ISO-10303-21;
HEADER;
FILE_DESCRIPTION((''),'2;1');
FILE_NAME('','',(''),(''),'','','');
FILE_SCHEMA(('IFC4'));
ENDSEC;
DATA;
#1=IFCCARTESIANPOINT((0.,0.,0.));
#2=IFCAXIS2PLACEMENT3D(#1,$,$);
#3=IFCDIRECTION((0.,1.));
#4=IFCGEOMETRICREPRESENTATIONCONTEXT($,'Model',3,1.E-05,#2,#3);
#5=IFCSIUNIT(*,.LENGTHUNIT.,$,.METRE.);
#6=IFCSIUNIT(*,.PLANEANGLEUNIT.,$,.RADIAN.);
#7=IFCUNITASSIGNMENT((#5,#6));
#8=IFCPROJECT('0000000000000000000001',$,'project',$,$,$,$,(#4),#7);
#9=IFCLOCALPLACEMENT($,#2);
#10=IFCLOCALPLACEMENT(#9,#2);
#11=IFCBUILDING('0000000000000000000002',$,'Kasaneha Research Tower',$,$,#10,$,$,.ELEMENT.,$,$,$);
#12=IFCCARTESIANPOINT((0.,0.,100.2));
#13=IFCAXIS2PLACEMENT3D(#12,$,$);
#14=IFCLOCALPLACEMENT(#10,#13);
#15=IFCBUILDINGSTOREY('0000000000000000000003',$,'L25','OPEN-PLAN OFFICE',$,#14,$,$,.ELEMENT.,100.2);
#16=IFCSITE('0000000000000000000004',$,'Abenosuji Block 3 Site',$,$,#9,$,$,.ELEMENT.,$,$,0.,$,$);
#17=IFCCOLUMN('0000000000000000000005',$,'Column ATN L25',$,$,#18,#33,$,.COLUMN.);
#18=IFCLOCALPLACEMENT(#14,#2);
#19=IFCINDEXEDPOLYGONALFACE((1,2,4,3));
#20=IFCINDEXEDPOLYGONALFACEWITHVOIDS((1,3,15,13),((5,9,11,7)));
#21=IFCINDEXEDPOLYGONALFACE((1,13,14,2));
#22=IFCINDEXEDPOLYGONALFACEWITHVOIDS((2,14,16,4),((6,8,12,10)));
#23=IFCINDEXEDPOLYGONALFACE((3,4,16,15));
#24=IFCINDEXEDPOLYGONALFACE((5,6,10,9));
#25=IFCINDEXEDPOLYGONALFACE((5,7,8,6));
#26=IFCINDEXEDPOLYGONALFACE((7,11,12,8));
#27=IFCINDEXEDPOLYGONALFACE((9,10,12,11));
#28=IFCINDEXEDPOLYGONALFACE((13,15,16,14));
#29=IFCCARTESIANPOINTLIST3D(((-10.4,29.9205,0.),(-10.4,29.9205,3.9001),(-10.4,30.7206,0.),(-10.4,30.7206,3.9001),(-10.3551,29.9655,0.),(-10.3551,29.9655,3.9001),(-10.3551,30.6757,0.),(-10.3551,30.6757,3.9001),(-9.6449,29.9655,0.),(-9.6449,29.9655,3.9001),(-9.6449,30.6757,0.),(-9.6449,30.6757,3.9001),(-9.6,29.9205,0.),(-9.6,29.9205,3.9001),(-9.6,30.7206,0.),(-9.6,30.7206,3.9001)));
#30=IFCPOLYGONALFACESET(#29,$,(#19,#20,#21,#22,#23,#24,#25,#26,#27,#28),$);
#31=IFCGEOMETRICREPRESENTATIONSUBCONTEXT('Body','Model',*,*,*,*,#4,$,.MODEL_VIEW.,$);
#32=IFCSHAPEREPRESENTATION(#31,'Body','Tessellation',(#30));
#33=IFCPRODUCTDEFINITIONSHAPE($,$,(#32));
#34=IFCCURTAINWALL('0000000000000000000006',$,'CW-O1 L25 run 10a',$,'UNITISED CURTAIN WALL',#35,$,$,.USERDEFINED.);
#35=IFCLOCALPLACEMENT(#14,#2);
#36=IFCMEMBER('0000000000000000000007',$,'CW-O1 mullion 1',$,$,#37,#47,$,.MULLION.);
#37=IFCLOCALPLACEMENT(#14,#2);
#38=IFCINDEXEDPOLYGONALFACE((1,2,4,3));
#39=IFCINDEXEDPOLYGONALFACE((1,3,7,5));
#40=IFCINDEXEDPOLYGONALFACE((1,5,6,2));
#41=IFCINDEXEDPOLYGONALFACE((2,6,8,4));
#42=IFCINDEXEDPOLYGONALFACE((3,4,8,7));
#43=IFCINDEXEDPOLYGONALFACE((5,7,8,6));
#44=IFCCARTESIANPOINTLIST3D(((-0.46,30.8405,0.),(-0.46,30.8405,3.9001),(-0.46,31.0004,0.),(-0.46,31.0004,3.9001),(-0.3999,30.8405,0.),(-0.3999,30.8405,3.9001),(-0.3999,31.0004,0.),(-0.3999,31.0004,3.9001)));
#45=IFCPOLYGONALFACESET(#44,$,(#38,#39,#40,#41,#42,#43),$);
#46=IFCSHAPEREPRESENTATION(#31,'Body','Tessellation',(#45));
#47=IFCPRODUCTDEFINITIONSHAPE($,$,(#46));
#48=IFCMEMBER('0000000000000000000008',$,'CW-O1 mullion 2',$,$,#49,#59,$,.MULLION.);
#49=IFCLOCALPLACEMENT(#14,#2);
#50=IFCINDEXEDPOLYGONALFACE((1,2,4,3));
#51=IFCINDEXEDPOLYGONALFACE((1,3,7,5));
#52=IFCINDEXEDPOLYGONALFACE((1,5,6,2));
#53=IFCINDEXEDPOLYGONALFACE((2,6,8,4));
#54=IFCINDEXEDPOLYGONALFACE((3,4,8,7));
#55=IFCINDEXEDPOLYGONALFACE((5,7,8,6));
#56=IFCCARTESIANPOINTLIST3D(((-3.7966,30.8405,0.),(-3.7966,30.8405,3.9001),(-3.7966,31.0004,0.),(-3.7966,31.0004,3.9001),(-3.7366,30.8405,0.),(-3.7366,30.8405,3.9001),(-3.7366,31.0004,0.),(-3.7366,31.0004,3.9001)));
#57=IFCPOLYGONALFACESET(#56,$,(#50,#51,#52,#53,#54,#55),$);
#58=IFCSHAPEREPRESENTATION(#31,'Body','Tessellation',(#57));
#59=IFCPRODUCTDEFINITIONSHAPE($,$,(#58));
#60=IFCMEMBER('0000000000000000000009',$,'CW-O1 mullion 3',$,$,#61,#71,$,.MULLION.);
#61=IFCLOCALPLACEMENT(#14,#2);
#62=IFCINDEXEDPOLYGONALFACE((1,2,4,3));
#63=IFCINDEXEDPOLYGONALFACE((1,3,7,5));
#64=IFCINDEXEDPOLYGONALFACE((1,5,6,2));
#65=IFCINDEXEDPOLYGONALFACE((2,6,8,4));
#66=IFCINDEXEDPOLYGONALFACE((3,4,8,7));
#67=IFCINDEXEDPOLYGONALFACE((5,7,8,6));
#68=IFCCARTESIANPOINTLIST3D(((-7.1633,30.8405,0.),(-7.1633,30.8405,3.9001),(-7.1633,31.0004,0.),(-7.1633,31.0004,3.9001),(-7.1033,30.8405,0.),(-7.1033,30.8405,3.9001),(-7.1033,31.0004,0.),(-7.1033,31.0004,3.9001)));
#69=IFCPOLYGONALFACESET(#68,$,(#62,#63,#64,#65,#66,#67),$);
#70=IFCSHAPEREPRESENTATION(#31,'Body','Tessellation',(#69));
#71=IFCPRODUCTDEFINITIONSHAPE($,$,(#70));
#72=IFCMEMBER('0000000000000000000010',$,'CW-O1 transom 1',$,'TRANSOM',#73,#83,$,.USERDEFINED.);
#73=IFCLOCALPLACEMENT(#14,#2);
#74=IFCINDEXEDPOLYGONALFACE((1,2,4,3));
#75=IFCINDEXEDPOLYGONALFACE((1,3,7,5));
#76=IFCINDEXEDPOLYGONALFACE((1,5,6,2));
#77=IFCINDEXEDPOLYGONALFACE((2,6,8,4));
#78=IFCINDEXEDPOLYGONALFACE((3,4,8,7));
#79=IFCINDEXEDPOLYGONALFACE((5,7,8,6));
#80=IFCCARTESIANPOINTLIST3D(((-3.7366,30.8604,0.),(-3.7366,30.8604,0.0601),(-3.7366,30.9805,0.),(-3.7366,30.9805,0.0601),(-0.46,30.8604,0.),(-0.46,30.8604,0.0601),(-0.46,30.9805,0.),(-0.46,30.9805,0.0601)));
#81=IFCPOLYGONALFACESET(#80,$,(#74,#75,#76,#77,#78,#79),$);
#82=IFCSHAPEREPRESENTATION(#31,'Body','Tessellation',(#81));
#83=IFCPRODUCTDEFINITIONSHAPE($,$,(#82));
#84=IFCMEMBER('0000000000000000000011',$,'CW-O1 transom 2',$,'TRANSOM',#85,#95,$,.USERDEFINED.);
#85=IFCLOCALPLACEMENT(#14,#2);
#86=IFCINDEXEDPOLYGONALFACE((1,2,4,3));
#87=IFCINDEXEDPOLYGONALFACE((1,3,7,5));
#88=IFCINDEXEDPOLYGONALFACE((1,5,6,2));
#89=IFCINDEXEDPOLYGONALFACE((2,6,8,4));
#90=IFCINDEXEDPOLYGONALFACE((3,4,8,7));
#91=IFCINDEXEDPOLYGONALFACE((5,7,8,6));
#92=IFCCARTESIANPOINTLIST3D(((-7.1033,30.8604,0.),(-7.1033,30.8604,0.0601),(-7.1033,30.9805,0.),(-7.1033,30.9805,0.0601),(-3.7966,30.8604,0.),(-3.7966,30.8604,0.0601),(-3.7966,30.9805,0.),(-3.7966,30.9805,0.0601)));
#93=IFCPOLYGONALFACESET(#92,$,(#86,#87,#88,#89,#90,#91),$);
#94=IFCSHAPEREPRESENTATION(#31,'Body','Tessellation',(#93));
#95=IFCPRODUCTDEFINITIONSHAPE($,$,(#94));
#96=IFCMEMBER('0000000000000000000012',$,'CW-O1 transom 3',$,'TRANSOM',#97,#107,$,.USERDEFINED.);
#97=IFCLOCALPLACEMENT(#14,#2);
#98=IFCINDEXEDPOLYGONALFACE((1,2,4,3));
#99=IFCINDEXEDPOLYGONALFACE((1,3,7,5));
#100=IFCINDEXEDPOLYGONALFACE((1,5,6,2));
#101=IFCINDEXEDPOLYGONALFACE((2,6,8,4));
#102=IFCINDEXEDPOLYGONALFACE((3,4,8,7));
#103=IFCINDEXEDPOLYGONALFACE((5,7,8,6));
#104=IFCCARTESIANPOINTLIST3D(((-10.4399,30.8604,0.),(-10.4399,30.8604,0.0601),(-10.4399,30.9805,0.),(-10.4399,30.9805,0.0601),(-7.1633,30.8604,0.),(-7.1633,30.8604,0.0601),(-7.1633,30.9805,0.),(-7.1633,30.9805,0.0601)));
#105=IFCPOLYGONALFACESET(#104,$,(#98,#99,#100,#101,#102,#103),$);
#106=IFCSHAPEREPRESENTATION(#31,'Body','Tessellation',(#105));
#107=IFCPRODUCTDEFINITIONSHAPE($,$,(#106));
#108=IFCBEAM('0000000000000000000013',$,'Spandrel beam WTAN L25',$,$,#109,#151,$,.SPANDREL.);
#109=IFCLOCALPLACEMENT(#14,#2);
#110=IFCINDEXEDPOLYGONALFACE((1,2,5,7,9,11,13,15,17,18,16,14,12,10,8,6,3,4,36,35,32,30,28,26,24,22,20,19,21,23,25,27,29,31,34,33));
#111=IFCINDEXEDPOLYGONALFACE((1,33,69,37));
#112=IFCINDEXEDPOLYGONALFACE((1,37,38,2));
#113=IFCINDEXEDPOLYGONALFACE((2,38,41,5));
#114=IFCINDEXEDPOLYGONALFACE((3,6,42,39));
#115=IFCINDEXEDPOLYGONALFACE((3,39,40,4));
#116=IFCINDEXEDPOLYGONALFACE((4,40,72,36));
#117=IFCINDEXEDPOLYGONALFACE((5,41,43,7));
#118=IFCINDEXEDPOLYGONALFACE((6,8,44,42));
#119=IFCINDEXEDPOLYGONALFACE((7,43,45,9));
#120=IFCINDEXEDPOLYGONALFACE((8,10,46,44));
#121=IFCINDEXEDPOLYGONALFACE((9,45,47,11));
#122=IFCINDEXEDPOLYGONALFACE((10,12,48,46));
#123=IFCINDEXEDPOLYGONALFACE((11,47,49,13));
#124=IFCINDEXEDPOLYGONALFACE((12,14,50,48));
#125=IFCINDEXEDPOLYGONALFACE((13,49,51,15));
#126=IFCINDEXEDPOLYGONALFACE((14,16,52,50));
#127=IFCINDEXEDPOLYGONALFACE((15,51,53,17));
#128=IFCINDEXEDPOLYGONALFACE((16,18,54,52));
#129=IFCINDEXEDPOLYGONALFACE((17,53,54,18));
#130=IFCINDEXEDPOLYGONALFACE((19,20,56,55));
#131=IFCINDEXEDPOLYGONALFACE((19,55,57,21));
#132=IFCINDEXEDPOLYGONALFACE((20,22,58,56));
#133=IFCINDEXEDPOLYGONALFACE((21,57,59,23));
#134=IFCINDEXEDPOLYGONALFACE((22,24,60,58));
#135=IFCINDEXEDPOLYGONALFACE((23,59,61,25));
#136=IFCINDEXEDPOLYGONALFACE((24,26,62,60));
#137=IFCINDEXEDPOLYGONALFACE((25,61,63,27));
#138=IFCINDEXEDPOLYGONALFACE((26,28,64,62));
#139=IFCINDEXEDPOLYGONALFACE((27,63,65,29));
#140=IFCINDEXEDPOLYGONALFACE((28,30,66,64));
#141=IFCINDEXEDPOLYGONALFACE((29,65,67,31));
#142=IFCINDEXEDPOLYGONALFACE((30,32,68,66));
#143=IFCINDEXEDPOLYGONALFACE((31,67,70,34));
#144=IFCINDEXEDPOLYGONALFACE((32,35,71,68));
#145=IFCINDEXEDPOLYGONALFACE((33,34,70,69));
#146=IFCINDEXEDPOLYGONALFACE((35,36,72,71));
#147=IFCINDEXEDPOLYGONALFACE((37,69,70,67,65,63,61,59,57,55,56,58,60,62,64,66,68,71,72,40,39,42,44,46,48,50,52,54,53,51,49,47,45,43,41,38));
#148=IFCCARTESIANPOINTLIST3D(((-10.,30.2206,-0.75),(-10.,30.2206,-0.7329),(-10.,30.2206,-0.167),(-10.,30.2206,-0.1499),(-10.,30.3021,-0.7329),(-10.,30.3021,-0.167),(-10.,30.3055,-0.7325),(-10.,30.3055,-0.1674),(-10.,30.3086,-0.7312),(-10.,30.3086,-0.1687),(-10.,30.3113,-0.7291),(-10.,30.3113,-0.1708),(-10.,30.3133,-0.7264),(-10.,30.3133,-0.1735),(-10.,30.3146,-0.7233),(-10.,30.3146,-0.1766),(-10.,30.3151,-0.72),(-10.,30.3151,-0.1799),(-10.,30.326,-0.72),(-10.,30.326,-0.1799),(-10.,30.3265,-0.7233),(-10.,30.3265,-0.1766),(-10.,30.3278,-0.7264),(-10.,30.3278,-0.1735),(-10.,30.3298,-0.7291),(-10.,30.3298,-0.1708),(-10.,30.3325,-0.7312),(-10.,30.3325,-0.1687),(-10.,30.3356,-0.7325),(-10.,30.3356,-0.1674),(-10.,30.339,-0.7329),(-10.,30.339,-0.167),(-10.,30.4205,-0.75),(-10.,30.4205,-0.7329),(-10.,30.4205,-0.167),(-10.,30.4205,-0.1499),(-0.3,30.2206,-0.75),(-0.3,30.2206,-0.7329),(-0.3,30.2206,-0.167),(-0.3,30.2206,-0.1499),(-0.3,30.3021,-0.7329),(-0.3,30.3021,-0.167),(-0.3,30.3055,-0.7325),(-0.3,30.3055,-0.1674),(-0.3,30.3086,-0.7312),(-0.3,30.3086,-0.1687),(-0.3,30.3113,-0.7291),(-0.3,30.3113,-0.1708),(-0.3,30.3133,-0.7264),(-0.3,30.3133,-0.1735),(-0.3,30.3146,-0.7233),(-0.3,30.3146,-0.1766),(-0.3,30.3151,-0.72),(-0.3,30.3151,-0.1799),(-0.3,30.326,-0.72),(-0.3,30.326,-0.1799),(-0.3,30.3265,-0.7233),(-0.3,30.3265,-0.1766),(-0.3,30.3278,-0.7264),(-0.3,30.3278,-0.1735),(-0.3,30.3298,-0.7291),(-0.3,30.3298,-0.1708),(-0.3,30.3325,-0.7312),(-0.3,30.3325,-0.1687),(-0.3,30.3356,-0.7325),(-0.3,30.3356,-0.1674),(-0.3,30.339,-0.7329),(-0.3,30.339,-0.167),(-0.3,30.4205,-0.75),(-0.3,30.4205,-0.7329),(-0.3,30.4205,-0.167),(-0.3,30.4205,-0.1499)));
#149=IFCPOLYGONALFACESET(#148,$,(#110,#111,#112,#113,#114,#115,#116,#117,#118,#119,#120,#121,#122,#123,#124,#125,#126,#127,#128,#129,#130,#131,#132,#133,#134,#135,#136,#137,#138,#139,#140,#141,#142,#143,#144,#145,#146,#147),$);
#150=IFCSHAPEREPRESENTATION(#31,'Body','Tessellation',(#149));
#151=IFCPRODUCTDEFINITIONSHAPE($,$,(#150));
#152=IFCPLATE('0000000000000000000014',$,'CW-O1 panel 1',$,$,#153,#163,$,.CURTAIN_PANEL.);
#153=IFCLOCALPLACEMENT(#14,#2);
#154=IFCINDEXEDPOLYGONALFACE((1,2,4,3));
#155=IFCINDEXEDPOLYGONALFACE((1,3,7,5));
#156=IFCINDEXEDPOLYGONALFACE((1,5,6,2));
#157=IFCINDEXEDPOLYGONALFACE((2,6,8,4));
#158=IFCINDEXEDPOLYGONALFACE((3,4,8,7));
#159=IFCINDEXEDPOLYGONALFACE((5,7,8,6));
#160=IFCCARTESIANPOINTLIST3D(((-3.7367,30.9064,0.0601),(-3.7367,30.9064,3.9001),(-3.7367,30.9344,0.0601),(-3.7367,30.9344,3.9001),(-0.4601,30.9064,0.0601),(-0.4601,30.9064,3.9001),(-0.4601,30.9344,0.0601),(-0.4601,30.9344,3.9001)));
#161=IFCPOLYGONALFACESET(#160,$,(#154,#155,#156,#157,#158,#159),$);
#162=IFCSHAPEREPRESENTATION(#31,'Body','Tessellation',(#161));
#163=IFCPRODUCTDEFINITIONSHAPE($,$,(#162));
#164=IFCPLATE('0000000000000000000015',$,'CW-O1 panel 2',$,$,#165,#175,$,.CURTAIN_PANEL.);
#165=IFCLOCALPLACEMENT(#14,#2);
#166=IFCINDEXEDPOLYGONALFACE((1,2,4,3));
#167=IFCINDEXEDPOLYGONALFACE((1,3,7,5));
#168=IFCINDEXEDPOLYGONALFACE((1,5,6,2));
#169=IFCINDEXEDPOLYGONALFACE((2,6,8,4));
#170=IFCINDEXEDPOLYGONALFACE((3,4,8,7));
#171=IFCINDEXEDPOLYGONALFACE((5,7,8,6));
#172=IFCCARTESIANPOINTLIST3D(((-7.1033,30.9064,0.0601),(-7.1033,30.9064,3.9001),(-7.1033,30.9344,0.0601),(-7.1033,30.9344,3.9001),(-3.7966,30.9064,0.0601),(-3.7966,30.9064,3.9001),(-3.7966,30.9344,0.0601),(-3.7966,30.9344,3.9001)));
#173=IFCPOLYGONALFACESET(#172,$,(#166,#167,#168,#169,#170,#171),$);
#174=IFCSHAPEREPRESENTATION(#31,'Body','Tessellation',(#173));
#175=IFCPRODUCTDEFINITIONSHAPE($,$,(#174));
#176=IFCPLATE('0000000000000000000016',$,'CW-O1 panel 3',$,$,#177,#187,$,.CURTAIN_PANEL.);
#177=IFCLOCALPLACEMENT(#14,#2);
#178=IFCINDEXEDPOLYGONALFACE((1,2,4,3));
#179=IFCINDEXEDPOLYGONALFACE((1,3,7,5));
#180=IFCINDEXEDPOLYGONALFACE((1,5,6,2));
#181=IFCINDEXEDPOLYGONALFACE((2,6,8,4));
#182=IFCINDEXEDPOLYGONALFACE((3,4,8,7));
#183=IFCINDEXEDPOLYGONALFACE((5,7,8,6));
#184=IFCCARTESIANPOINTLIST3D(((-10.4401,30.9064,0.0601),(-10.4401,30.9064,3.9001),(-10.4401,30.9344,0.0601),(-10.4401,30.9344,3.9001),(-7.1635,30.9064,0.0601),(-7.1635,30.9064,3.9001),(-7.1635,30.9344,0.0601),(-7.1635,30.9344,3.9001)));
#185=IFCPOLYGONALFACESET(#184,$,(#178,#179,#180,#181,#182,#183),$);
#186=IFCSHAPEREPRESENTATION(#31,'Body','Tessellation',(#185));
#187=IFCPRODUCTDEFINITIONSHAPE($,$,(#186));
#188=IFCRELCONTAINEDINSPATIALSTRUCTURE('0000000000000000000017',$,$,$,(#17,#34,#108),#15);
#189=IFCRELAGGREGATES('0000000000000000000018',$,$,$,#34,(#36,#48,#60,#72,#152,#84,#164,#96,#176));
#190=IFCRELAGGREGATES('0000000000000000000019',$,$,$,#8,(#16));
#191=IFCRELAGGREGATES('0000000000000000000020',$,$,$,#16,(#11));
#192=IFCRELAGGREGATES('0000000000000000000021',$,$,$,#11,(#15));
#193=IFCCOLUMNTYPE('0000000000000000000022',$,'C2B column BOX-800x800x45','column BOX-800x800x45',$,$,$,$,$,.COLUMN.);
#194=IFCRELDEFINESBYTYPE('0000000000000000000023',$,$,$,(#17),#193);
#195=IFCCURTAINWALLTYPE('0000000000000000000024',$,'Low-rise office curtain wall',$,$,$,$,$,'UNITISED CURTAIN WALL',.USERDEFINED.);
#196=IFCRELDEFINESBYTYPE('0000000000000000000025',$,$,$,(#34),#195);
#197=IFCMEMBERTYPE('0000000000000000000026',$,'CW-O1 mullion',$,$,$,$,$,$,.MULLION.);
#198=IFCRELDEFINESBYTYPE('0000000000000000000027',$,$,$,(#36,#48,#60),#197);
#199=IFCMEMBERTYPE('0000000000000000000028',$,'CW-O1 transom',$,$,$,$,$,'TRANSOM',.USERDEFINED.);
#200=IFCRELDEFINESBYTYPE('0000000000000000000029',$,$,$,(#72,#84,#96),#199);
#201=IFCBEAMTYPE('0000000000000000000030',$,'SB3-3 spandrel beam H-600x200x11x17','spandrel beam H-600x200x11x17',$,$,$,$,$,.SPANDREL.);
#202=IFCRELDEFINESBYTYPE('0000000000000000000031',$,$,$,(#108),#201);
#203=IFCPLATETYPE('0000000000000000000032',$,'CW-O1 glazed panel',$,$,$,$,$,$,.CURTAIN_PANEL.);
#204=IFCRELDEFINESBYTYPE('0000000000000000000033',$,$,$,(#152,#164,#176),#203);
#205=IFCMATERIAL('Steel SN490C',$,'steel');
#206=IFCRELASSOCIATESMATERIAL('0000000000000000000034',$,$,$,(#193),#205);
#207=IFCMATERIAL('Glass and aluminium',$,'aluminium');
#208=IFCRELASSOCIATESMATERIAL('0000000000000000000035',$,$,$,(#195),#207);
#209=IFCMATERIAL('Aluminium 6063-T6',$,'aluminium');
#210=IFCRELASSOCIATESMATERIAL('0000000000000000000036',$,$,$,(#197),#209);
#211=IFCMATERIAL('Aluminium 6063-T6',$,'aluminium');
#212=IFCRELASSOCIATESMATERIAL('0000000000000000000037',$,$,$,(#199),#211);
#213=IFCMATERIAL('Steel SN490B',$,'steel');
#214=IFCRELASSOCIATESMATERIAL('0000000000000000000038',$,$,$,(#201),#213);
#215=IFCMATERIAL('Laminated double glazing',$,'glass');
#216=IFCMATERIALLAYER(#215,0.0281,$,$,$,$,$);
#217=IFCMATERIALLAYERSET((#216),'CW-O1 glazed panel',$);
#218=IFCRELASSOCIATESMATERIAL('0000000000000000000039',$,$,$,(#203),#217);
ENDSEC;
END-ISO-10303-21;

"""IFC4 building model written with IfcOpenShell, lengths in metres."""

from ifc_helpers import new_model, si_unit, direction, frame, origin, origin_2d, place, context, subcontext, project, spatial, rectangle, hollow_rectangle, i_section, extrude, material, layer, layer_set, material_profile, profile_set, type_object, element, aggregate, save


model = new_model("IFC4")

# Units and contexts
model_context = context("Model", 3, precision=1e-05, world=origin(), true_north=direction((0.0, 1.0)))
body_context = subcontext(model_context, "Body", "Model", "MODEL_VIEW")
ifc_project = project(units=[si_unit("LENGTHUNIT", "METRE"), si_unit("PLANEANGLEUNIT", "RADIAN")], contexts=[model_context])

# Site, building, storey
site_placement = place(None, origin())
site = spatial("IfcSite", under=ifc_project, at=site_placement, Name="Abenosuji Block 3 Site", CompositionType="ELEMENT", RefElevation=0.0)
building_placement = place(site_placement, origin())
building = spatial("IfcBuilding", under=site, at=building_placement, Name="Kasaneha Research Tower", CompositionType="ELEMENT")
storey_placement = place(building_placement, frame((0.0, 0.0, 100.2)))
storey = spatial("IfcBuildingStorey", under=building, at=storey_placement, Name="L25", Description="OPEN-PLAN OFFICE", CompositionType="ELEMENT", Elevation=100.2)

# Column
ifc_material_1 = material(Name="Steel SN490C", Category="steel")
ifc_material_profile_1 = material_profile(ifc_material_1, hollow_rectangle(XDim=0.8, YDim=0.8, WallThickness=0.0449, at=origin_2d()), Name="BOX-800x800x45")
ifc_profile_set_1 = profile_set([ifc_material_profile_1], Name="Steel SN490C")
column_type = type_object("IfcColumnType", Name="C2B column BOX-800x800x45", Description="column BOX-800x800x45", PredefinedType="COLUMN", material=ifc_profile_set_1)
column_placement = place(storey_placement, frame((-10.0, 30.3206, 0.0), z_axis=(0.0, 0.0, 1.0), x_axis=(1.0, 0.0, 0.0)))
element("IfcColumn", 1, at=column_placement, inside=storey, type_object=column_type, Name="Column ATN L25", PredefinedType="COLUMN", context=body_context, shape_type="SweptSolid", body=[
    extrude(hollow_rectangle(XDim=0.8, YDim=0.8, WallThickness=0.0449, at=origin_2d()), origin(), (0.0, 0.0, 1.0), 3.9001),
])

# Curtain wall, members
ifc_material_2 = material(Name="Glass and aluminium", Category="aluminium")
curtain_wall_type = type_object("IfcCurtainWallType", Name="Low-rise office curtain wall", ElementType="UNITISED CURTAIN WALL", PredefinedType="USERDEFINED", material=ifc_material_2)
curtain_wall_placement = place(storey_placement, origin())
curtain_wall = element("IfcCurtainWall", 2, at=curtain_wall_placement, inside=storey, type_object=curtain_wall_type, Name="CW-O1 L25 run 10a", ObjectType="UNITISED CURTAIN WALL", PredefinedType="USERDEFINED")
ifc_material_3 = material(Name="Aluminium 6063-T6", Category="aluminium")
ifc_material_profile_2 = material_profile(ifc_material_3, rectangle(XDim=0.0601, YDim=0.1599, at=origin_2d()), Name="CW-O1 mullion 60x160")
ifc_profile_set_2 = profile_set([ifc_material_profile_2], Name="Aluminium 6063-T6")
member_type_1 = type_object("IfcMemberType", Name="CW-O1 mullion", PredefinedType="MULLION", material=ifc_profile_set_2)
member_1_placement = place(storey_placement, frame((-0.4299, 30.9204, 0.0), z_axis=(0.0, 0.0, 1.0), x_axis=(-1.0, 0.0, 0.0)))
member_1 = element("IfcMember", 3, at=member_1_placement, type_object=member_type_1, Name="CW-O1 mullion 1", PredefinedType="MULLION", context=body_context, shape_type="SweptSolid", body=[
    extrude(rectangle(XDim=0.0601, YDim=0.1599, at=origin_2d()), origin(), (0.0, 0.0, 1.0), 3.9001),
])
member_2_placement = place(storey_placement, frame((-3.7666, 30.9204, 0.0), z_axis=(0.0, 0.0, 1.0), x_axis=(-1.0, 0.0, 0.0)))
member_2 = element("IfcMember", 4, at=member_2_placement, type_object=member_type_1, Name="CW-O1 mullion 2", PredefinedType="MULLION", context=body_context, shape_type="SweptSolid", body=[
    extrude(rectangle(XDim=0.0601, YDim=0.1599, at=origin_2d()), origin(), (0.0, 0.0, 1.0), 3.9001),
])
member_3_placement = place(storey_placement, frame((-7.1333, 30.9204, 0.0), z_axis=(0.0, 0.0, 1.0), x_axis=(-1.0, 0.0, 0.0)))
member_3 = element("IfcMember", 5, at=member_3_placement, type_object=member_type_1, Name="CW-O1 mullion 3", PredefinedType="MULLION", context=body_context, shape_type="SweptSolid", body=[
    extrude(rectangle(XDim=0.0601, YDim=0.1599, at=origin_2d()), origin(), (0.0, 0.0, 1.0), 3.9001),
])
ifc_material_4 = material(Name="Aluminium 6063-T6", Category="aluminium")
ifc_material_profile_3 = material_profile(ifc_material_4, rectangle(XDim=0.1201, YDim=0.0601, at=origin_2d()), Name="CW-O1 transom 120x60")
ifc_profile_set_3 = profile_set([ifc_material_profile_3], Name="Aluminium 6063-T6")
member_type_2 = type_object("IfcMemberType", Name="CW-O1 transom", ElementType="TRANSOM", PredefinedType="USERDEFINED", material=ifc_profile_set_3)
member_4_placement = place(storey_placement, frame((-0.46, 30.9204, 0.03), z_axis=(-1.0, 0.0, 0.0), x_axis=(0.0, -1.0, 0.0)))
member_4 = element("IfcMember", 6, at=member_4_placement, type_object=member_type_2, Name="CW-O1 transom 1", ObjectType="TRANSOM", PredefinedType="USERDEFINED", context=body_context, shape_type="SweptSolid", body=[
    extrude(rectangle(XDim=0.1201, YDim=0.0601, at=origin_2d()), origin(), (0.0, 0.0, 1.0), 3.2766),
])
member_5_placement = place(storey_placement, frame((-3.7966, 30.9204, 0.03), z_axis=(-1.0, 0.0, 0.0), x_axis=(0.0, -1.0, 0.0)))
member_5 = element("IfcMember", 7, at=member_5_placement, type_object=member_type_2, Name="CW-O1 transom 2", ObjectType="TRANSOM", PredefinedType="USERDEFINED", context=body_context, shape_type="SweptSolid", body=[
    extrude(rectangle(XDim=0.1201, YDim=0.0601, at=origin_2d()), origin(), (0.0, 0.0, 1.0), 3.3066),
])
member_6_placement = place(storey_placement, frame((-7.1633, 30.9204, 0.03), z_axis=(-1.0, 0.0, 0.0), x_axis=(0.0, -1.0, 0.0)))
member_6 = element("IfcMember", 8, at=member_6_placement, type_object=member_type_2, Name="CW-O1 transom 3", ObjectType="TRANSOM", PredefinedType="USERDEFINED", context=body_context, shape_type="SweptSolid", body=[
    extrude(rectangle(XDim=0.1201, YDim=0.0601, at=origin_2d()), origin(), (0.0, 0.0, 1.0), 3.2766),
])

# Beam
ifc_material_5 = material(Name="Steel SN490B", Category="steel")
ifc_material_profile_4 = material_profile(ifc_material_5, i_section(OverallWidth=0.2, OverallDepth=0.6001, WebThickness=0.011, FlangeThickness=0.0171, FilletRadius=0.0129, at=origin_2d()), Name="H-600x200x11x17")
ifc_profile_set_4 = profile_set([ifc_material_profile_4], Name="Steel SN490B")
beam_type = type_object("IfcBeamType", Name="SB3-3 spandrel beam H-600x200x11x17", Description="spandrel beam H-600x200x11x17", PredefinedType="SPANDREL", material=ifc_profile_set_4)
beam_placement = place(storey_placement, frame((-10.0, 30.3206, -0.45), z_axis=(1.0, 0.0, 0.0), x_axis=(0.0, 1.0, 0.0)))
element("IfcBeam", 9, at=beam_placement, inside=storey, type_object=beam_type, Name="Spandrel beam WTAN L25", PredefinedType="SPANDREL", context=body_context, shape_type="SweptSolid", body=[
    extrude(i_section(OverallWidth=0.2, OverallDepth=0.6001, WebThickness=0.011, FlangeThickness=0.0171, FilletRadius=0.0129, at=origin_2d()), origin(), (0.0, 0.0, 1.0), 9.7),
])

# Plates
ifc_material_6 = material(Name="Laminated double glazing", Category="glass")
ifc_layer_1 = layer(ifc_material_6, 0.0281)
ifc_layer_set_1 = layer_set([ifc_layer_1], Name="CW-O1 glazed panel")
plate_type = type_object("IfcPlateType", Name="CW-O1 glazed panel", PredefinedType="CURTAIN_PANEL", material=ifc_layer_set_1)
plate_1_placement = place(storey_placement, frame((-2.0984, 30.9204, 0.0601), z_axis=(0.0, 0.0, 1.0), x_axis=(-1.0, 0.0, 0.0)))
plate_1 = element("IfcPlate", 10, at=plate_1_placement, type_object=plate_type, Name="CW-O1 panel 1", PredefinedType="CURTAIN_PANEL", context=body_context, shape_type="SweptSolid", body=[
    extrude(rectangle(XDim=3.2766, YDim=0.0281, at=origin_2d()), origin(), (0.0, 0.0, 1.0), 3.8401),
])
plate_2_placement = place(storey_placement, frame((-5.45, 30.9204, 0.0601), z_axis=(0.0, 0.0, 1.0), x_axis=(-1.0, 0.0, 0.0)))
plate_2 = element("IfcPlate", 11, at=plate_2_placement, type_object=plate_type, Name="CW-O1 panel 2", PredefinedType="CURTAIN_PANEL", context=body_context, shape_type="SweptSolid", body=[
    extrude(rectangle(XDim=3.3066, YDim=0.0281, at=origin_2d()), origin(), (0.0, 0.0, 1.0), 3.8401),
])
plate_3_placement = place(storey_placement, frame((-8.8018, 30.9204, 0.0601), z_axis=(0.0, 0.0, 1.0), x_axis=(-1.0, 0.0, 0.0)))
plate_3 = element("IfcPlate", 12, at=plate_3_placement, type_object=plate_type, Name="CW-O1 panel 3", PredefinedType="CURTAIN_PANEL", context=body_context, shape_type="SweptSolid", body=[
    extrude(rectangle(XDim=3.2766, YDim=0.0281, at=origin_2d()), origin(), (0.0, 0.0, 1.0), 3.8401),
])
aggregate(curtain_wall, [member_1, member_2, member_3, member_4, plate_1, member_5, plate_2, member_6, plate_3])

save(model, "model.ifc")
